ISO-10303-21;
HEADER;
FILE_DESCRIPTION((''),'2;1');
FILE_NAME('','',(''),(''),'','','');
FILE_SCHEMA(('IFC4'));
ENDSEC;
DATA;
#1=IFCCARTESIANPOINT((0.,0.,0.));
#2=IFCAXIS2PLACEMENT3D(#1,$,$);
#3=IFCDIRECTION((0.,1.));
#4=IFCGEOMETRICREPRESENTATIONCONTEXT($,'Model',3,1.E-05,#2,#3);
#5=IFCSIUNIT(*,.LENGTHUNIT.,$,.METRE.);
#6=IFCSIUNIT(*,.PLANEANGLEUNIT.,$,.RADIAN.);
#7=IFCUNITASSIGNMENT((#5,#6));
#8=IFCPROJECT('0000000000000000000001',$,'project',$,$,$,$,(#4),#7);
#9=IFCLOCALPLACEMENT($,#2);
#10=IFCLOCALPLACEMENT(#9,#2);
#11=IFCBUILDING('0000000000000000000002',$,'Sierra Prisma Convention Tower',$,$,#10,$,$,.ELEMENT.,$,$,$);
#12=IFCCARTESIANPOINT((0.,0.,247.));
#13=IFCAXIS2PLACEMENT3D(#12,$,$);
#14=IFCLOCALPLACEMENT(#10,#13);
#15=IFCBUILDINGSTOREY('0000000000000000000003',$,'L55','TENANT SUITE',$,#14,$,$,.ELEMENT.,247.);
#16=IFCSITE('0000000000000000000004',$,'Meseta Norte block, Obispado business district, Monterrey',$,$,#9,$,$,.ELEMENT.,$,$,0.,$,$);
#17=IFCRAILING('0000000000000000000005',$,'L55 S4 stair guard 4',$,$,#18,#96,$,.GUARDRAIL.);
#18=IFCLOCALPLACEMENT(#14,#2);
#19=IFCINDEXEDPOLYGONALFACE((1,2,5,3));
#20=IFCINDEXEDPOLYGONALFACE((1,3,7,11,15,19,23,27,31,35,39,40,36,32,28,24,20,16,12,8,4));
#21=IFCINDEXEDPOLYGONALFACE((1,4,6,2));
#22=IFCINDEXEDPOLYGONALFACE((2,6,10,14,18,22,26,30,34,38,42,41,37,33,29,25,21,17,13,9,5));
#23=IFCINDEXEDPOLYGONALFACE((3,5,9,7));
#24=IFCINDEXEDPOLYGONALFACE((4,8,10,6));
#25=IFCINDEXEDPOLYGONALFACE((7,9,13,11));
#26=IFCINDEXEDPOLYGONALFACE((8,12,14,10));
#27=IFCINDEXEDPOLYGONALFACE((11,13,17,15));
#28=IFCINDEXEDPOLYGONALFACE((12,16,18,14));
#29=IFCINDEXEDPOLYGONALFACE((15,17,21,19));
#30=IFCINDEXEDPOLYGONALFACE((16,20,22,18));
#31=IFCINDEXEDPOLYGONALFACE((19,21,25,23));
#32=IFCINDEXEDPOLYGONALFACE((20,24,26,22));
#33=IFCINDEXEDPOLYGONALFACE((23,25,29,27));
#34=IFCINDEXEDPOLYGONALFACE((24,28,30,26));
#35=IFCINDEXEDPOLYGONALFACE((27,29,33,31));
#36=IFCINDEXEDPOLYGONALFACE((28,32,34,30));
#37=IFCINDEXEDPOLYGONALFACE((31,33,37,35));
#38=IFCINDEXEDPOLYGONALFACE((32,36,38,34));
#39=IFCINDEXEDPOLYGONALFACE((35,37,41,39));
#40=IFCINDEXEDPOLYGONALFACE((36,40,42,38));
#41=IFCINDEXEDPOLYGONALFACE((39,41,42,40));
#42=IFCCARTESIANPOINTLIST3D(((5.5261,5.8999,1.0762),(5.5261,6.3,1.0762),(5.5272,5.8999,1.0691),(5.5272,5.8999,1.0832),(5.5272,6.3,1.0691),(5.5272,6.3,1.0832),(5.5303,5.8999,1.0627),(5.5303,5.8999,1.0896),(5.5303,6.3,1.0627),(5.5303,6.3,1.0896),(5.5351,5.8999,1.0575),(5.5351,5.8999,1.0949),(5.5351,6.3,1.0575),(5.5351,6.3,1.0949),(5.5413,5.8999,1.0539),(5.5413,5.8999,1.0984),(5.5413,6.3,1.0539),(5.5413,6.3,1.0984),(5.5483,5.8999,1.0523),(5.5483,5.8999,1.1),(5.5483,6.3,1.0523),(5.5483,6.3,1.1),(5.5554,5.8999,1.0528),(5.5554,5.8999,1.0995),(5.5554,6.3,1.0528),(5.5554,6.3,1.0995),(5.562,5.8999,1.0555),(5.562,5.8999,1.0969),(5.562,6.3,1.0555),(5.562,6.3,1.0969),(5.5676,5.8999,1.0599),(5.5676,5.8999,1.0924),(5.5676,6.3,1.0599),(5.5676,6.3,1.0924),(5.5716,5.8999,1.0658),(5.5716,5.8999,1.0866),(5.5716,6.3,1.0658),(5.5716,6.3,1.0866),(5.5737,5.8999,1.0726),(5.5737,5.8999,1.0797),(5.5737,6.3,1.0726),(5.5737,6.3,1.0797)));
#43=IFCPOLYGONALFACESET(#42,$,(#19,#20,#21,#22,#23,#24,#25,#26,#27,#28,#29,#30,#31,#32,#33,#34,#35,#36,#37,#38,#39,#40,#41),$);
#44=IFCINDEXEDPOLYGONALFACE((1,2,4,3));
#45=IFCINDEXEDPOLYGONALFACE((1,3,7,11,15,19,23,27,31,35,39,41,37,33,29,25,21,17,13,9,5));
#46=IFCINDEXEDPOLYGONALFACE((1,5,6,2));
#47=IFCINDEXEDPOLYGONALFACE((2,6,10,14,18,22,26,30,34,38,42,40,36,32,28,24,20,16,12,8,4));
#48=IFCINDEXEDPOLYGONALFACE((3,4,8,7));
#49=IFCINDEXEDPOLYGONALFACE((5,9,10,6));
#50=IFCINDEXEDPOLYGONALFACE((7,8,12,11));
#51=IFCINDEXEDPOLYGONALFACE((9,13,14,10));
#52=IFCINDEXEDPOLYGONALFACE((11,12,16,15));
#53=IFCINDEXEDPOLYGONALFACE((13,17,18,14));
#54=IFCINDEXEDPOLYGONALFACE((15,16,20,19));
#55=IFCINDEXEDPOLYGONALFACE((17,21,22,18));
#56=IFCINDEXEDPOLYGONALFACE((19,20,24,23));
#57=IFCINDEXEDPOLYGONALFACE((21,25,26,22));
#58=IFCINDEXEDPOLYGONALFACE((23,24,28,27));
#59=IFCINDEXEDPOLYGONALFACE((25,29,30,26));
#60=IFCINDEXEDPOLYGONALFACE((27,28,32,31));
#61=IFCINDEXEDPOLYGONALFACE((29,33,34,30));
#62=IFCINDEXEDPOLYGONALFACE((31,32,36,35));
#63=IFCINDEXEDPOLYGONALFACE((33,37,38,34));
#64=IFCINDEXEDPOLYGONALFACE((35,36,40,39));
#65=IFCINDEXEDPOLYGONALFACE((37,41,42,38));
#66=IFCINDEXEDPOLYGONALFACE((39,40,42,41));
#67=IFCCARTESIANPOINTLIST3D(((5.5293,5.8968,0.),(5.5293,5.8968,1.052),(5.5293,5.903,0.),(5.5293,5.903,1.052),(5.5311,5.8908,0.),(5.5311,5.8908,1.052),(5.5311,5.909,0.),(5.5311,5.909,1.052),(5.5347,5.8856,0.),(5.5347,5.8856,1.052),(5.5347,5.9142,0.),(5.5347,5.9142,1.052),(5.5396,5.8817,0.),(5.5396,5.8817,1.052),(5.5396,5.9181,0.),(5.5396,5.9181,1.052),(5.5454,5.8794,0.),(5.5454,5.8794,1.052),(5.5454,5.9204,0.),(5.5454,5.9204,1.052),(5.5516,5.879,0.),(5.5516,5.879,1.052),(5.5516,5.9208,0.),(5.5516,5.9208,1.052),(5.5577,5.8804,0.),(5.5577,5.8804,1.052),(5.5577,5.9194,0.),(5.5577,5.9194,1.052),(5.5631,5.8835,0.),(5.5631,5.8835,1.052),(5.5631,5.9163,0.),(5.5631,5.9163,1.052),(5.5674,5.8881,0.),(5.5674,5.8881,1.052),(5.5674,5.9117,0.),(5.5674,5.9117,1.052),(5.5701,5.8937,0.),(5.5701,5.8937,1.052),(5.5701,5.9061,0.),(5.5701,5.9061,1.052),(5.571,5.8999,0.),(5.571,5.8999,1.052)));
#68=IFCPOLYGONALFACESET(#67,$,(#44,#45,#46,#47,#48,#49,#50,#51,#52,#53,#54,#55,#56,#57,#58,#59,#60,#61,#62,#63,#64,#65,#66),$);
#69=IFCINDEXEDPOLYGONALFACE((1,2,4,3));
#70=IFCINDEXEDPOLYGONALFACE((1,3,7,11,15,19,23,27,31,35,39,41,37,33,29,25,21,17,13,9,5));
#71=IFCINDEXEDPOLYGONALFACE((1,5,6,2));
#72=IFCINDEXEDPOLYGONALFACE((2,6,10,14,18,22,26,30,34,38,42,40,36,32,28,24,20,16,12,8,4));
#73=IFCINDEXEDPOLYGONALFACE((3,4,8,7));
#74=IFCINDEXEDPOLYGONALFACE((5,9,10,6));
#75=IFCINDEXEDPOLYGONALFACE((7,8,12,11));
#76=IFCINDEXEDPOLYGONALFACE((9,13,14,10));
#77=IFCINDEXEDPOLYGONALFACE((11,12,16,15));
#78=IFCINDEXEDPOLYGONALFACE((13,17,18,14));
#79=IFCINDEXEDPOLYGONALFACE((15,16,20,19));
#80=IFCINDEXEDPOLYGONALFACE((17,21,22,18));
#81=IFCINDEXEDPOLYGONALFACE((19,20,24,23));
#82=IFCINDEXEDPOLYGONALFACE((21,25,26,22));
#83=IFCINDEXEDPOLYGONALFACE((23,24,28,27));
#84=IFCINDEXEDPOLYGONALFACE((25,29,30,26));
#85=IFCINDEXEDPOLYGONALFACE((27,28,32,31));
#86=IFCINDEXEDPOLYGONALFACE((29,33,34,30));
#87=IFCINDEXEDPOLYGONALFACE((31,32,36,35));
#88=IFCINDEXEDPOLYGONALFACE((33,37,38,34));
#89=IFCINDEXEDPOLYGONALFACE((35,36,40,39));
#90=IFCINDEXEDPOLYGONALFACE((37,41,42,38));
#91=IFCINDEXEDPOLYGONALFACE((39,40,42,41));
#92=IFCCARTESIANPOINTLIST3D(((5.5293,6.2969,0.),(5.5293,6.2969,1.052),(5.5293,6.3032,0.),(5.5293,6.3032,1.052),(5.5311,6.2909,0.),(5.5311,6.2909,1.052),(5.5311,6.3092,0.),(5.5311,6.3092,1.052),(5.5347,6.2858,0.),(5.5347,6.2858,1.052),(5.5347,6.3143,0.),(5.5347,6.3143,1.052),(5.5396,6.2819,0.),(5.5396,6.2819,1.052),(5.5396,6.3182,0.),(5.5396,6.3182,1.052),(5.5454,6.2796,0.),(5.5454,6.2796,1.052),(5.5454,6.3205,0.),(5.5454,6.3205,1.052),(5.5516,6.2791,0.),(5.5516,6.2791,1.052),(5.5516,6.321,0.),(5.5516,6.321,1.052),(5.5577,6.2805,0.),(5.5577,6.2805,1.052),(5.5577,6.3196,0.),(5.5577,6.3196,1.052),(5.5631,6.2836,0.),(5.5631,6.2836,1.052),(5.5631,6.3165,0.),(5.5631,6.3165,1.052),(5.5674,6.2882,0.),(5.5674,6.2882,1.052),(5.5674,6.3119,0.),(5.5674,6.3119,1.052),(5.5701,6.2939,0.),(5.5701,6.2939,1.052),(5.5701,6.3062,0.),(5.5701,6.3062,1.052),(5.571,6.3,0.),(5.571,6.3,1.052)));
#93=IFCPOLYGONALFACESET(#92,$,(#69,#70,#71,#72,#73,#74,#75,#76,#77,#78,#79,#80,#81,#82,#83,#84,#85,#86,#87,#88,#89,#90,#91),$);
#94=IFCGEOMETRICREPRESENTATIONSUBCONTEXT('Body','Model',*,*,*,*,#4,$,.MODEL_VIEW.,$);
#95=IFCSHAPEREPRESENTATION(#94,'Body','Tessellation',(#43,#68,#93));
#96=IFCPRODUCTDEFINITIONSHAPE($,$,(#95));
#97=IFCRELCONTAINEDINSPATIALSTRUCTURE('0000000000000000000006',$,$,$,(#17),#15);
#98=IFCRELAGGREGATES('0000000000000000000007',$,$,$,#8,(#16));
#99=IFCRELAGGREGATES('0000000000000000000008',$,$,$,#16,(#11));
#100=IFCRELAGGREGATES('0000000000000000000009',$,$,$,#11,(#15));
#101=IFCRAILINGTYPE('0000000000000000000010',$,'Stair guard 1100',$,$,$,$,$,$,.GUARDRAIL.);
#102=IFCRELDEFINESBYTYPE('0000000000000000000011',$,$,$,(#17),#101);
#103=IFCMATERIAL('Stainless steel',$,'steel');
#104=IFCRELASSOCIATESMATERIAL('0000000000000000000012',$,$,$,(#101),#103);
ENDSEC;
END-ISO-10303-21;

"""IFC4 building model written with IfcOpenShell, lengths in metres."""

from ifc_helpers import new_model, si_unit, direction, frame, origin, origin_2d, place, context, subcontext, project, spatial, circle, extrude, material, type_object, element, save


model = new_model("IFC4")

# Units and contexts
model_context = context("Model", 3, precision=1e-05, world=origin(), true_north=direction((0.0, 1.0)))
body_context = subcontext(model_context, "Body", "Model", "MODEL_VIEW")
ifc_project = project(units=[si_unit("LENGTHUNIT", "METRE"), si_unit("PLANEANGLEUNIT", "RADIAN")], contexts=[model_context])

# Site, building, storey
site_placement = place(None, origin())
site = spatial("IfcSite", under=ifc_project, at=site_placement, Name="Meseta Norte block, Obispado business district, Monterrey", CompositionType="ELEMENT", RefElevation=0.0)
building_placement = place(site_placement, origin())
building = spatial("IfcBuilding", under=site, at=building_placement, Name="Sierra Prisma Convention Tower", CompositionType="ELEMENT")
storey_placement = place(building_placement, frame((0.0, 0.0, 247.0)))
storey = spatial("IfcBuildingStorey", under=building, at=storey_placement, Name="L55", Description="TENANT SUITE", CompositionType="ELEMENT", Elevation=247.0)

# Railing
ifc_material_1 = material(Name="Stainless steel", Category="steel")
railing_type_1 = type_object("IfcRailingType", Name="Stair guard 1100", PredefinedType="GUARDRAIL", material=ifc_material_1)
railing_1_placement = place(storey_placement, frame((5.55, 5.8999, 0.0)))
element("IfcRailing", 1, at=railing_1_placement, inside=storey, type_object=railing_type_1, Name="L55 S4 stair guard 4", PredefinedType="GUARDRAIL", context=body_context, shape_type="SweptSolid", body=[
    extrude(circle(Radius=0.0239, at=origin_2d()), frame((0.0, 0.0, 1.0762), z_axis=(0.0, 1.0, 0.0), x_axis=(-1.0, 0.0, 0.0)), (0.0, 0.0, 1.0), 0.4001),
    extrude(circle(Radius=0.021, at=origin_2d()), origin(), (0.0, 0.0, 1.0), 1.052),
    extrude(circle(Radius=0.021, at=origin_2d()), frame((0.0, 0.4001, 0.0)), (0.0, 0.0, 1.0), 1.052),
])

save(model, "model.ifc")
